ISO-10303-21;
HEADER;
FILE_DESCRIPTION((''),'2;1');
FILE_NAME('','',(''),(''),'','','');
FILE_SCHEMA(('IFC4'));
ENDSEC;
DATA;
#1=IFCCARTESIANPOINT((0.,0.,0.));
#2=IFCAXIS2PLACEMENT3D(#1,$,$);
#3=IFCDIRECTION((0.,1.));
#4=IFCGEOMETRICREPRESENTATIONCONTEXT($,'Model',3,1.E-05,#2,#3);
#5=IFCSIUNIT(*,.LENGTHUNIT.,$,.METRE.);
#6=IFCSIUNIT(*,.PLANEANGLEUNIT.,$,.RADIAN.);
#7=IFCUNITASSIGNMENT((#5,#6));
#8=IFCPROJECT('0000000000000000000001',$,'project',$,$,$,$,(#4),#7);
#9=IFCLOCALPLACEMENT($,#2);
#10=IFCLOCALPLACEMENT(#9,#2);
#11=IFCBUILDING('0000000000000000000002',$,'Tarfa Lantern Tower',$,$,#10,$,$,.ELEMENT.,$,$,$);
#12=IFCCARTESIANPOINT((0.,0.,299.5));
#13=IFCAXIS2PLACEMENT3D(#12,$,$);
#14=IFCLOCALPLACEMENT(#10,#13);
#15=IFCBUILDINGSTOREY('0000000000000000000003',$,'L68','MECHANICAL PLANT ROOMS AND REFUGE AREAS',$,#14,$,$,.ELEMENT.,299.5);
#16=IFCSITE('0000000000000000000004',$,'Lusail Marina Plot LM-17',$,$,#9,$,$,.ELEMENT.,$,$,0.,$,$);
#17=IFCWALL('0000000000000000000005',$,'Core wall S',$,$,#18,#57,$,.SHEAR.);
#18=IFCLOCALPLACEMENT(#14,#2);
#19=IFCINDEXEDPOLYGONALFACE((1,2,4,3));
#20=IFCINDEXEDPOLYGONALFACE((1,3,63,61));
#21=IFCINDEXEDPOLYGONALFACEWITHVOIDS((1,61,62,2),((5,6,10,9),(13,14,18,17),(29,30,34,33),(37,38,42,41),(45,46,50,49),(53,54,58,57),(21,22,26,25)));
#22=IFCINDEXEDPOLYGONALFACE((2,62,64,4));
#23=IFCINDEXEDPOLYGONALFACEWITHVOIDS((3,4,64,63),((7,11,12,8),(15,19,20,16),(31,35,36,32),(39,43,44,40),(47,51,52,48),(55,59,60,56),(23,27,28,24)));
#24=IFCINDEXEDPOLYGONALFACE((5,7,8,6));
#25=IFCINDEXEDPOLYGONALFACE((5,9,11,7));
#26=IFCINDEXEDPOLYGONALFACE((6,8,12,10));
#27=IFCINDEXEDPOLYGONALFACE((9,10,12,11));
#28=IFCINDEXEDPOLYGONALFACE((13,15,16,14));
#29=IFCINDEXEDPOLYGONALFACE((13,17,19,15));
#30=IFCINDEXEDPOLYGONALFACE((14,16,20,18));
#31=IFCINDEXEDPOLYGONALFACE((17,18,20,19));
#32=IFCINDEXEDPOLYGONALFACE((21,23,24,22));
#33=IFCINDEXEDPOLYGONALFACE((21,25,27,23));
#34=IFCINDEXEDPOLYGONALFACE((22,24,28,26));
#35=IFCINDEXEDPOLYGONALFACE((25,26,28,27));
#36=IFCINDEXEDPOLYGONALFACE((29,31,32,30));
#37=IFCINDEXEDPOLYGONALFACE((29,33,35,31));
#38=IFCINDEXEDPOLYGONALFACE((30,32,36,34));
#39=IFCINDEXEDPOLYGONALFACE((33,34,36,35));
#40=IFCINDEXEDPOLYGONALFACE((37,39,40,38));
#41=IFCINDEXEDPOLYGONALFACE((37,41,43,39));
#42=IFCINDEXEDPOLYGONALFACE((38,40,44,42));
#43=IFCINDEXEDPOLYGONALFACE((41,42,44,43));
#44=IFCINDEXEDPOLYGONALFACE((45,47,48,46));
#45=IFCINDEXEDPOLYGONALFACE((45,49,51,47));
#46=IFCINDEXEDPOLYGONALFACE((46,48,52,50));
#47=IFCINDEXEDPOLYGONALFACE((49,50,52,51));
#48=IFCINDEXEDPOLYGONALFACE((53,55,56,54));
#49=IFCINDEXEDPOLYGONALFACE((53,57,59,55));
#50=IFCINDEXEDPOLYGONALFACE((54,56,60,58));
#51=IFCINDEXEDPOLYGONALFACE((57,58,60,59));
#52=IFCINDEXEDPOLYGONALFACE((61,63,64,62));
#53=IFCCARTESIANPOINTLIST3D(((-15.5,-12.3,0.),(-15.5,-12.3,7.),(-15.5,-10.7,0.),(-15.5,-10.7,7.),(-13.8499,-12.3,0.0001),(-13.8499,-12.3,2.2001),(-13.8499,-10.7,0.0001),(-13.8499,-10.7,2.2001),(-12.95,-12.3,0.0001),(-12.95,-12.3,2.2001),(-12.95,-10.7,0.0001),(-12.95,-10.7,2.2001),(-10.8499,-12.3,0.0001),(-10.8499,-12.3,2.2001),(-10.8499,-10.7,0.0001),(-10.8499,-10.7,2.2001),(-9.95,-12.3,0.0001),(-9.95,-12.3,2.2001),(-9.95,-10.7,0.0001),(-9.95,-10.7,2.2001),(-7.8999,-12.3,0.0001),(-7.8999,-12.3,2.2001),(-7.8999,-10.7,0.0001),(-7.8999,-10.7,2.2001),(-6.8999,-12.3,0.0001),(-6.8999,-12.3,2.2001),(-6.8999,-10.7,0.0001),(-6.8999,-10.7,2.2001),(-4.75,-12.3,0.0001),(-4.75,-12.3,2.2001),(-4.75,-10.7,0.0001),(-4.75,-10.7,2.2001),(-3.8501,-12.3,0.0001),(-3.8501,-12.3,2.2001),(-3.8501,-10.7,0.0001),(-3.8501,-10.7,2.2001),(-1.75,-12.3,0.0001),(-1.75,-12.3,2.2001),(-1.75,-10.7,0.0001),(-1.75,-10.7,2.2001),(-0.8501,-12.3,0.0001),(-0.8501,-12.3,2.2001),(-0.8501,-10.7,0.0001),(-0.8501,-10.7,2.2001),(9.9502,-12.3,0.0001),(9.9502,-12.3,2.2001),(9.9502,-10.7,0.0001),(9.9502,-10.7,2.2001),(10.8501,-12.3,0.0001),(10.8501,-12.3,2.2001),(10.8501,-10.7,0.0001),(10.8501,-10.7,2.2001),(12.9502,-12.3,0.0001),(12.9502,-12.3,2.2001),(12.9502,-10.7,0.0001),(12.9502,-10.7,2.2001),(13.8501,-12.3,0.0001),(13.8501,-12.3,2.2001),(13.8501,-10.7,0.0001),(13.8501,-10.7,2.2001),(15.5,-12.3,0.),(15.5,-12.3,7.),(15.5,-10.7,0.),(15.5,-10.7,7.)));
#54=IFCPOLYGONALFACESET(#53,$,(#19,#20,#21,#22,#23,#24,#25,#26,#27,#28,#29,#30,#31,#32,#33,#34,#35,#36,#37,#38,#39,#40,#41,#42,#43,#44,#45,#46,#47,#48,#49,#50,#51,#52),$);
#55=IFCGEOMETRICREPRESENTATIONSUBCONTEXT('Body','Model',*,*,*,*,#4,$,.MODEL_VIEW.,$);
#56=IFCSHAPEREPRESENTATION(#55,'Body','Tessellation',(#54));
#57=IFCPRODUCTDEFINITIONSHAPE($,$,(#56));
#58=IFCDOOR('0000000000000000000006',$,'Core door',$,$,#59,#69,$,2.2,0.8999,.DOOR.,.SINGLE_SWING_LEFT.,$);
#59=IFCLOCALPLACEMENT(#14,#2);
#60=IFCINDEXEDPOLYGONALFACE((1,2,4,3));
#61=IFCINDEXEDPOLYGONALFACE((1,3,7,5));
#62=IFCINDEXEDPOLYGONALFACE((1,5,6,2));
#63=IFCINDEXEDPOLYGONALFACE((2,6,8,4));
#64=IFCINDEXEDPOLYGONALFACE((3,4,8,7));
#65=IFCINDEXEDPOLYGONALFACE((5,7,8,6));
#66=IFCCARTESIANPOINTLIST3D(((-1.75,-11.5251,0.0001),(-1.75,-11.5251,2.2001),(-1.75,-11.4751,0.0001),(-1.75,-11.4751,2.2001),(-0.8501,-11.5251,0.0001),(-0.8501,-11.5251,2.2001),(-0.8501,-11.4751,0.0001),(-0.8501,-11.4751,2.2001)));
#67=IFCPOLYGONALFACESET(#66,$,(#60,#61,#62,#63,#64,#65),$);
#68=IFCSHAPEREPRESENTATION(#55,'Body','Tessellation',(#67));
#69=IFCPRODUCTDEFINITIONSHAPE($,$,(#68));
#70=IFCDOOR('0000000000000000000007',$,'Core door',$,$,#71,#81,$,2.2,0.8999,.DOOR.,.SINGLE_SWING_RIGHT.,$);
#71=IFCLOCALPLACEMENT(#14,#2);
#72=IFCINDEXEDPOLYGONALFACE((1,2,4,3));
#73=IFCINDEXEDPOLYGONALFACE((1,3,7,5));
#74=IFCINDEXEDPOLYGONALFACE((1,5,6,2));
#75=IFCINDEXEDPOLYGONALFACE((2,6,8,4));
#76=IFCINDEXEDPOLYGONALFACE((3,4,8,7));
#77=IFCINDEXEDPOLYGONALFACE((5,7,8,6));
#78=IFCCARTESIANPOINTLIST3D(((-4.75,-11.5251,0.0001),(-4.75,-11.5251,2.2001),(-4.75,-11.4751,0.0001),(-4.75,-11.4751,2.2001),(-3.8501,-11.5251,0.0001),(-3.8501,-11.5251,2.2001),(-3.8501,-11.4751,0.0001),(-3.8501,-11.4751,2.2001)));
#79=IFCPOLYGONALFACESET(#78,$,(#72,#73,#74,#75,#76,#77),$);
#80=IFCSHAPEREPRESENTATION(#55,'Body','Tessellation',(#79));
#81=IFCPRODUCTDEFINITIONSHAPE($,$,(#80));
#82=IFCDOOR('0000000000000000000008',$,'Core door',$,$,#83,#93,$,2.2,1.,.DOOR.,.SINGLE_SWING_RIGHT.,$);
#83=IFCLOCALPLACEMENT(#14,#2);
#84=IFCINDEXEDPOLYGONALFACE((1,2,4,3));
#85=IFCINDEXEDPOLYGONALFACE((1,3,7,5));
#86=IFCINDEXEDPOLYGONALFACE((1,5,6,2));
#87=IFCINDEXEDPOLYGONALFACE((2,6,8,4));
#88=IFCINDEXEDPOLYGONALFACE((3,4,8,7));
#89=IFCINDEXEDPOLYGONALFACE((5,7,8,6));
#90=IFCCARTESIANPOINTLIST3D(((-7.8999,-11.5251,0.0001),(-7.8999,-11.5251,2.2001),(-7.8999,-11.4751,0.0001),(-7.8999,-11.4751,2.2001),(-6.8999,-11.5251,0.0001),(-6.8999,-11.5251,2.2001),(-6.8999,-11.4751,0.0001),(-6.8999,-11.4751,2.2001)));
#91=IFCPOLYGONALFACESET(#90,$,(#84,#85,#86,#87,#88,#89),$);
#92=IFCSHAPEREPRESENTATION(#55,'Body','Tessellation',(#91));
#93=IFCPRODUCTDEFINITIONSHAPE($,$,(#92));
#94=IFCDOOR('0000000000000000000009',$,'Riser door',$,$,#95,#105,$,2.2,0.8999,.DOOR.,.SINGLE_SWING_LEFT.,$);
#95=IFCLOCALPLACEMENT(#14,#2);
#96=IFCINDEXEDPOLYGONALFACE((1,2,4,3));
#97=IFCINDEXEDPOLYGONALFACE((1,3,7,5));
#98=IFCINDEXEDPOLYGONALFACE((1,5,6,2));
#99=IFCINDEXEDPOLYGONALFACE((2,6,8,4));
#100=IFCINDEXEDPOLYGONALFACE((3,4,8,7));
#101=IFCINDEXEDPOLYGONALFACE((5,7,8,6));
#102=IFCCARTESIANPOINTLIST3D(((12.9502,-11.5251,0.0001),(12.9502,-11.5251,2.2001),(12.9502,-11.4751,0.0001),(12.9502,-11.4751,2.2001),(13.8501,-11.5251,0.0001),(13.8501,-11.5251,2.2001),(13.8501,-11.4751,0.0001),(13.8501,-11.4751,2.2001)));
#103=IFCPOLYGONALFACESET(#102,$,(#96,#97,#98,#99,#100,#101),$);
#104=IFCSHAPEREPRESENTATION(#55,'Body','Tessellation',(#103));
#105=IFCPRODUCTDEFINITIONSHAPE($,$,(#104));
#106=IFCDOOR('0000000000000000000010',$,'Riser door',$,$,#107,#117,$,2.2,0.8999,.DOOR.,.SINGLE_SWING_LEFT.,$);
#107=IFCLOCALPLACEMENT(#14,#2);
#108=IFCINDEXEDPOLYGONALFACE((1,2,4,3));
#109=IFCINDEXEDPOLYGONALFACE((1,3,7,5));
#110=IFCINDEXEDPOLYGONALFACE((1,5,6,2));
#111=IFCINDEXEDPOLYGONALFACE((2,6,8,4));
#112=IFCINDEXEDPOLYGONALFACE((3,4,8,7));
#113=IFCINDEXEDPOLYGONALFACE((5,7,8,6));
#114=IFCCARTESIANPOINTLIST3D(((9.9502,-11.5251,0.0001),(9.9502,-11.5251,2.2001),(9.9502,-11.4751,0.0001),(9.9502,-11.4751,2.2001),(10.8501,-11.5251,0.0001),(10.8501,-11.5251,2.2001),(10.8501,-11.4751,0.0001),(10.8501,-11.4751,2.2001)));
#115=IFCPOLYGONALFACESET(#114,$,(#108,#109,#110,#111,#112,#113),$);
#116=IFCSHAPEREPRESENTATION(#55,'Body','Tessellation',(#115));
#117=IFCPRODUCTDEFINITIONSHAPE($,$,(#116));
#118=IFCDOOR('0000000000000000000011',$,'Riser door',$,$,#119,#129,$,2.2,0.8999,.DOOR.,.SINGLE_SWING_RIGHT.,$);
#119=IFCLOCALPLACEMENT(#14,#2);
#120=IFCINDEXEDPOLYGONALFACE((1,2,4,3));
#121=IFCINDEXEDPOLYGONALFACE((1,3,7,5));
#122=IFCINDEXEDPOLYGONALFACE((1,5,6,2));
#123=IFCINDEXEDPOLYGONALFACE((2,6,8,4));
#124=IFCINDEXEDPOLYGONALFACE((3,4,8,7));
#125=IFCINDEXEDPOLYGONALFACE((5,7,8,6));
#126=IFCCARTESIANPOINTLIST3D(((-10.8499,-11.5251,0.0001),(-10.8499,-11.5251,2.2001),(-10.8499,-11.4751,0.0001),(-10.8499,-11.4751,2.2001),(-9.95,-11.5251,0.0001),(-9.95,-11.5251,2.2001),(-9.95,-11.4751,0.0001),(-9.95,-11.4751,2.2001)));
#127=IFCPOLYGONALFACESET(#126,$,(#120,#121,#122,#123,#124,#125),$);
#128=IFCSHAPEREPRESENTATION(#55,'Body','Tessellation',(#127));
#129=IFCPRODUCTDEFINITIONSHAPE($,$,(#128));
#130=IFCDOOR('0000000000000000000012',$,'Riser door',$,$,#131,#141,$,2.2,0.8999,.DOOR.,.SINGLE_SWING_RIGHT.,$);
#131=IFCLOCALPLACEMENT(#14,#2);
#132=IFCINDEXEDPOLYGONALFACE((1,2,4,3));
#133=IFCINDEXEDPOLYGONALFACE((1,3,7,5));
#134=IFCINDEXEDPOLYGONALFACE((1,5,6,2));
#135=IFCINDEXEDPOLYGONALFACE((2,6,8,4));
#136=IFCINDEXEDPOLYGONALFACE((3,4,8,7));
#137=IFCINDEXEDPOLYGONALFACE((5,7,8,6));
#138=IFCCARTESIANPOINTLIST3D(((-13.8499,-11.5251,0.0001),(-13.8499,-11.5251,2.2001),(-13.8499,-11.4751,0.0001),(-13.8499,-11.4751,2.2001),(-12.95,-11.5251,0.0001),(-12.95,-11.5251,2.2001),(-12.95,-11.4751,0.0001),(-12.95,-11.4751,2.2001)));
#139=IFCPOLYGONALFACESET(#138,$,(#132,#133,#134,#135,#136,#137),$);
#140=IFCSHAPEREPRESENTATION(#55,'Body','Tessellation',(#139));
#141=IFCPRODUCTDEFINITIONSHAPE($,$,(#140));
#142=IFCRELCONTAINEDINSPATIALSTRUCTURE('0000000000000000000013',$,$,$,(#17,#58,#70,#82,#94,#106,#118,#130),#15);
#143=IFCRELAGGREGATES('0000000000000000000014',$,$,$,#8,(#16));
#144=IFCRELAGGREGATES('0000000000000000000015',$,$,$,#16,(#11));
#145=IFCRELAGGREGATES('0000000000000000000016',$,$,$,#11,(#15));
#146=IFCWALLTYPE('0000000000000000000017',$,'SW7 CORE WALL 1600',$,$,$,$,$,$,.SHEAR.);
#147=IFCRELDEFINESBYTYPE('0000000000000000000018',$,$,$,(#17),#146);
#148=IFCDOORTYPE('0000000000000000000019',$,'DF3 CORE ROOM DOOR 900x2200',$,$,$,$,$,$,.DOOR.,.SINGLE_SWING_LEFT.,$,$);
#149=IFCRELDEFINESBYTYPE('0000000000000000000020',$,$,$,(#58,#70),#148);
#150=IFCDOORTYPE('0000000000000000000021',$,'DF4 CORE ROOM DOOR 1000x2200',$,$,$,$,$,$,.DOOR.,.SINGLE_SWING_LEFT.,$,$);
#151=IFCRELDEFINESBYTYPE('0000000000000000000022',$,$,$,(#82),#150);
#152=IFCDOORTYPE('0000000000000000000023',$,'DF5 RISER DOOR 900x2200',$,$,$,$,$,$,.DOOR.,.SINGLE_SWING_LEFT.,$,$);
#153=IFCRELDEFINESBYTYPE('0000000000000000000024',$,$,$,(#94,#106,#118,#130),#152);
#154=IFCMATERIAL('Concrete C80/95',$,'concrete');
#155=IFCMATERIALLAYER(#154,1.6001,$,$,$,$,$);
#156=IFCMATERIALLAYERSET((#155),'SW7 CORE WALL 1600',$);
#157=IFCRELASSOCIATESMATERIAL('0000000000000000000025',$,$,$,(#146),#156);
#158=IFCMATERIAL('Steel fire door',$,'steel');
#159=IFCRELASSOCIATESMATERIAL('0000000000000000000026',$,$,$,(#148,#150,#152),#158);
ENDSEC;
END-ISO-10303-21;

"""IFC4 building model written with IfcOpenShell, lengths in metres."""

from ifc_helpers import new_model, si_unit, direction, frame, frame_2d, origin, place, context, subcontext, project, spatial, rectangle, extrude, material, layer, layer_set, type_object, element, fill, save


model = new_model("IFC4")

# Units and contexts
model_context = context("Model", 3, precision=1e-05, world=origin(), true_north=direction((0.0, 1.0)))
body_context = subcontext(model_context, "Body", "Model", "MODEL_VIEW")
ifc_project = project(units=[si_unit("LENGTHUNIT", "METRE"), si_unit("PLANEANGLEUNIT", "RADIAN")], contexts=[model_context])

# Site, building, storey
site_placement = place(None, origin())
site = spatial("IfcSite", under=ifc_project, at=site_placement, Name="Lusail Marina Plot LM-17", CompositionType="ELEMENT", RefElevation=0.0)
building_placement = place(site_placement, origin())
building = spatial("IfcBuilding", under=site, at=building_placement, Name="Tarfa Lantern Tower", CompositionType="ELEMENT")
storey_placement = place(building_placement, frame((0.0, 0.0, 299.5)))
storey = spatial("IfcBuildingStorey", under=building, at=storey_placement, Name="L68", Description="MECHANICAL PLANT ROOMS AND REFUGE AREAS", CompositionType="ELEMENT", Elevation=299.5)

# Shared definitions
ifc_material_1 = material(Name="Concrete C80/95", Category="concrete")

# Shared definitions
ifc_material_2 = material(Name="Steel fire door", Category="steel")

# Wall, openings, doors
ifc_layer_1 = layer(ifc_material_1, 1.6001)
ifc_layer_set_1 = layer_set([ifc_layer_1], Name="SW7 CORE WALL 1600")
wall_type_1 = type_object("IfcWallType", Name="SW7 CORE WALL 1600", PredefinedType="SHEAR", material=ifc_layer_set_1)
wall_1_placement = place(storey_placement, frame((15.5, -11.5, 0.0), z_axis=(0.0, 0.0, 1.0), x_axis=(-1.0, 0.0, 0.0)))
wall_1 = element("IfcWall", 1, at=wall_1_placement, inside=storey, type_object=wall_type_1, Name="Core wall S", PredefinedType="SHEAR", context=body_context, shape_type="SweptSolid", body=[
    extrude(rectangle(XDim=31.0, YDim=1.6001, at=frame_2d((15.5, 0.0))), origin(), (0.0, 0.0, 1.0), 7.0),
])
opening_1_placement = place(wall_1_placement, frame((16.3501, 0.0, 0.0)))
opening_1 = element("IfcOpeningElement", 2, at=opening_1_placement, cuts=wall_1, PredefinedType="OPENING", context=body_context, shape_type="SweptSolid", body=[
    extrude(rectangle(XDim=0.8999, YDim=2.2, at=frame_2d((0.45, 1.1001))), frame((0.0, 0.8101, 0.0), z_axis=(0.0, -1.0, 0.0), x_axis=(1.0, 0.0, 0.0)), (0.0, 0.0, 1.0), 1.6201),
])
opening_2_placement = place(wall_1_placement, frame((19.3501, 0.0, 0.0)))
opening_2 = element("IfcOpeningElement", 3, at=opening_2_placement, cuts=wall_1, PredefinedType="OPENING", context=body_context, shape_type="SweptSolid", body=[
    extrude(rectangle(XDim=0.8999, YDim=2.2, at=frame_2d((0.45, 1.1001))), frame((0.0, 0.8101, 0.0), z_axis=(0.0, -1.0, 0.0), x_axis=(1.0, 0.0, 0.0)), (0.0, 0.0, 1.0), 1.6201),
])
opening_3_placement = place(wall_1_placement, frame((22.3999, 0.0, 0.0)))
opening_3 = element("IfcOpeningElement", 4, at=opening_3_placement, cuts=wall_1, PredefinedType="OPENING", context=body_context, shape_type="SweptSolid", body=[
    extrude(rectangle(XDim=1.0, YDim=2.2, at=frame_2d((0.5, 1.1001))), frame((0.0, 0.8101, 0.0), z_axis=(0.0, -1.0, 0.0), x_axis=(1.0, 0.0, 0.0)), (0.0, 0.0, 1.0), 1.6201),
])
opening_4_placement = place(wall_1_placement, frame((1.6499, 0.0, 0.0)))
opening_4 = element("IfcOpeningElement", 5, at=opening_4_placement, cuts=wall_1, PredefinedType="OPENING", context=body_context, shape_type="SweptSolid", body=[
    extrude(rectangle(XDim=0.8999, YDim=2.2, at=frame_2d((0.45, 1.1001))), frame((0.0, 0.8101, 0.0), z_axis=(0.0, -1.0, 0.0), x_axis=(1.0, 0.0, 0.0)), (0.0, 0.0, 1.0), 1.6201),
])
opening_5_placement = place(wall_1_placement, frame((4.6499, 0.0, 0.0)))
opening_5 = element("IfcOpeningElement", 6, at=opening_5_placement, cuts=wall_1, PredefinedType="OPENING", context=body_context, shape_type="SweptSolid", body=[
    extrude(rectangle(XDim=0.8999, YDim=2.2, at=frame_2d((0.45, 1.1001))), frame((0.0, 0.8101, 0.0), z_axis=(0.0, -1.0, 0.0), x_axis=(1.0, 0.0, 0.0)), (0.0, 0.0, 1.0), 1.6201),
])
opening_6_placement = place(wall_1_placement, frame((25.45, 0.0, 0.0)))
opening_6 = element("IfcOpeningElement", 7, at=opening_6_placement, cuts=wall_1, PredefinedType="OPENING", context=body_context, shape_type="SweptSolid", body=[
    extrude(rectangle(XDim=0.8999, YDim=2.2, at=frame_2d((0.45, 1.1001))), frame((0.0, 0.8101, 0.0), z_axis=(0.0, -1.0, 0.0), x_axis=(1.0, 0.0, 0.0)), (0.0, 0.0, 1.0), 1.6201),
])
opening_7_placement = place(wall_1_placement, frame((28.45, 0.0, 0.0)))
opening_7 = element("IfcOpeningElement", 8, at=opening_7_placement, cuts=wall_1, PredefinedType="OPENING", context=body_context, shape_type="SweptSolid", body=[
    extrude(rectangle(XDim=0.8999, YDim=2.2, at=frame_2d((0.45, 1.1001))), frame((0.0, 0.8101, 0.0), z_axis=(0.0, -1.0, 0.0), x_axis=(1.0, 0.0, 0.0)), (0.0, 0.0, 1.0), 1.6201),
])
door_type_1 = type_object("IfcDoorType", Name="DF3 CORE ROOM DOOR 900x2200", OperationType="SINGLE_SWING_LEFT", PredefinedType="DOOR", material=ifc_material_2)
door_1_placement = place(opening_1_placement, frame((0.8999, 0.0, 0.0), z_axis=(0.0, 0.0, 1.0), x_axis=(-1.0, 0.0, 0.0)))
door_1 = element("IfcDoor", 9, at=door_1_placement, inside=storey, type_object=door_type_1, Name="Core door", OperationType="SINGLE_SWING_LEFT", OverallHeight=2.2, OverallWidth=0.8999, PredefinedType="DOOR", context=body_context, shape_type="SweptSolid", body=[
    extrude(rectangle(XDim=0.8999, YDim=2.2, at=frame_2d((0.45, 1.1001))), frame((0.0, 0.0249, 0.0), z_axis=(0.0, -1.0, 0.0), x_axis=(1.0, 0.0, 0.0)), (0.0, 0.0, 1.0), 0.05),
])
fill(opening_1, door_1)
door_2_placement = place(opening_2_placement, frame((0.8999, 0.0, 0.0), z_axis=(0.0, 0.0, 1.0), x_axis=(-1.0, 0.0, 0.0)))
door_2 = element("IfcDoor", 10, at=door_2_placement, inside=storey, type_object=door_type_1, Name="Core door", OperationType="SINGLE_SWING_RIGHT", OverallHeight=2.2, OverallWidth=0.8999, PredefinedType="DOOR", context=body_context, shape_type="SweptSolid", body=[
    extrude(rectangle(XDim=0.8999, YDim=2.2, at=frame_2d((0.45, 1.1001))), frame((0.0, 0.0249, 0.0), z_axis=(0.0, -1.0, 0.0), x_axis=(1.0, 0.0, 0.0)), (0.0, 0.0, 1.0), 0.05),
])
fill(opening_2, door_2)
door_type_2 = type_object("IfcDoorType", Name="DF4 CORE ROOM DOOR 1000x2200", OperationType="SINGLE_SWING_LEFT", PredefinedType="DOOR", material=ifc_material_2)
door_3_placement = place(opening_3_placement, frame((1.0, 0.0, 0.0), z_axis=(0.0, 0.0, 1.0), x_axis=(-1.0, 0.0, 0.0)))
door_3 = element("IfcDoor", 11, at=door_3_placement, inside=storey, type_object=door_type_2, Name="Core door", OperationType="SINGLE_SWING_RIGHT", OverallHeight=2.2, OverallWidth=1.0, PredefinedType="DOOR", context=body_context, shape_type="SweptSolid", body=[
    extrude(rectangle(XDim=1.0, YDim=2.2, at=frame_2d((0.5, 1.1001))), frame((0.0, 0.0249, 0.0), z_axis=(0.0, -1.0, 0.0), x_axis=(1.0, 0.0, 0.0)), (0.0, 0.0, 1.0), 0.05),
])
fill(opening_3, door_3)
door_type_3 = type_object("IfcDoorType", Name="DF5 RISER DOOR 900x2200", OperationType="SINGLE_SWING_LEFT", PredefinedType="DOOR", material=ifc_material_2)
door_4_placement = place(opening_4_placement, frame((0.8999, 0.0, 0.0), z_axis=(0.0, 0.0, 1.0), x_axis=(-1.0, 0.0, 0.0)))
door_4 = element("IfcDoor", 12, at=door_4_placement, inside=storey, type_object=door_type_3, Name="Riser door", OperationType="SINGLE_SWING_LEFT", OverallHeight=2.2, OverallWidth=0.8999, PredefinedType="DOOR", context=body_context, shape_type="SweptSolid", body=[
    extrude(rectangle(XDim=0.8999, YDim=2.2, at=frame_2d((0.45, 1.1001))), frame((0.0, 0.0249, 0.0), z_axis=(0.0, -1.0, 0.0), x_axis=(1.0, 0.0, 0.0)), (0.0, 0.0, 1.0), 0.05),
])
fill(opening_4, door_4)
door_5_placement = place(opening_5_placement, frame((0.8999, 0.0, 0.0), z_axis=(0.0, 0.0, 1.0), x_axis=(-1.0, 0.0, 0.0)))
door_5 = element("IfcDoor", 13, at=door_5_placement, inside=storey, type_object=door_type_3, Name="Riser door", OperationType="SINGLE_SWING_LEFT", OverallHeight=2.2, OverallWidth=0.8999, PredefinedType="DOOR", context=body_context, shape_type="SweptSolid", body=[
    extrude(rectangle(XDim=0.8999, YDim=2.2, at=frame_2d((0.45, 1.1001))), frame((0.0, 0.0249, 0.0), z_axis=(0.0, -1.0, 0.0), x_axis=(1.0, 0.0, 0.0)), (0.0, 0.0, 1.0), 0.05),
])
fill(opening_5, door_5)
door_6_placement = place(opening_6_placement, frame((0.8999, 0.0, 0.0), z_axis=(0.0, 0.0, 1.0), x_axis=(-1.0, 0.0, 0.0)))
door_6 = element("IfcDoor", 14, at=door_6_placement, inside=storey, type_object=door_type_3, Name="Riser door", OperationType="SINGLE_SWING_RIGHT", OverallHeight=2.2, OverallWidth=0.8999, PredefinedType="DOOR", context=body_context, shape_type="SweptSolid", body=[
    extrude(rectangle(XDim=0.8999, YDim=2.2, at=frame_2d((0.45, 1.1001))), frame((0.0, 0.0249, 0.0), z_axis=(0.0, -1.0, 0.0), x_axis=(1.0, 0.0, 0.0)), (0.0, 0.0, 1.0), 0.05),
])
fill(opening_6, door_6)
door_7_placement = place(opening_7_placement, frame((0.8999, 0.0, 0.0), z_axis=(0.0, 0.0, 1.0), x_axis=(-1.0, 0.0, 0.0)))
door_7 = element("IfcDoor", 15, at=door_7_placement, inside=storey, type_object=door_type_3, Name="Riser door", OperationType="SINGLE_SWING_RIGHT", OverallHeight=2.2, OverallWidth=0.8999, PredefinedType="DOOR", context=body_context, shape_type="SweptSolid", body=[
    extrude(rectangle(XDim=0.8999, YDim=2.2, at=frame_2d((0.45, 1.1001))), frame((0.0, 0.0249, 0.0), z_axis=(0.0, -1.0, 0.0), x_axis=(1.0, 0.0, 0.0)), (0.0, 0.0, 1.0), 0.05),
])
fill(opening_7, door_7)

save(model, "model.ifc")
